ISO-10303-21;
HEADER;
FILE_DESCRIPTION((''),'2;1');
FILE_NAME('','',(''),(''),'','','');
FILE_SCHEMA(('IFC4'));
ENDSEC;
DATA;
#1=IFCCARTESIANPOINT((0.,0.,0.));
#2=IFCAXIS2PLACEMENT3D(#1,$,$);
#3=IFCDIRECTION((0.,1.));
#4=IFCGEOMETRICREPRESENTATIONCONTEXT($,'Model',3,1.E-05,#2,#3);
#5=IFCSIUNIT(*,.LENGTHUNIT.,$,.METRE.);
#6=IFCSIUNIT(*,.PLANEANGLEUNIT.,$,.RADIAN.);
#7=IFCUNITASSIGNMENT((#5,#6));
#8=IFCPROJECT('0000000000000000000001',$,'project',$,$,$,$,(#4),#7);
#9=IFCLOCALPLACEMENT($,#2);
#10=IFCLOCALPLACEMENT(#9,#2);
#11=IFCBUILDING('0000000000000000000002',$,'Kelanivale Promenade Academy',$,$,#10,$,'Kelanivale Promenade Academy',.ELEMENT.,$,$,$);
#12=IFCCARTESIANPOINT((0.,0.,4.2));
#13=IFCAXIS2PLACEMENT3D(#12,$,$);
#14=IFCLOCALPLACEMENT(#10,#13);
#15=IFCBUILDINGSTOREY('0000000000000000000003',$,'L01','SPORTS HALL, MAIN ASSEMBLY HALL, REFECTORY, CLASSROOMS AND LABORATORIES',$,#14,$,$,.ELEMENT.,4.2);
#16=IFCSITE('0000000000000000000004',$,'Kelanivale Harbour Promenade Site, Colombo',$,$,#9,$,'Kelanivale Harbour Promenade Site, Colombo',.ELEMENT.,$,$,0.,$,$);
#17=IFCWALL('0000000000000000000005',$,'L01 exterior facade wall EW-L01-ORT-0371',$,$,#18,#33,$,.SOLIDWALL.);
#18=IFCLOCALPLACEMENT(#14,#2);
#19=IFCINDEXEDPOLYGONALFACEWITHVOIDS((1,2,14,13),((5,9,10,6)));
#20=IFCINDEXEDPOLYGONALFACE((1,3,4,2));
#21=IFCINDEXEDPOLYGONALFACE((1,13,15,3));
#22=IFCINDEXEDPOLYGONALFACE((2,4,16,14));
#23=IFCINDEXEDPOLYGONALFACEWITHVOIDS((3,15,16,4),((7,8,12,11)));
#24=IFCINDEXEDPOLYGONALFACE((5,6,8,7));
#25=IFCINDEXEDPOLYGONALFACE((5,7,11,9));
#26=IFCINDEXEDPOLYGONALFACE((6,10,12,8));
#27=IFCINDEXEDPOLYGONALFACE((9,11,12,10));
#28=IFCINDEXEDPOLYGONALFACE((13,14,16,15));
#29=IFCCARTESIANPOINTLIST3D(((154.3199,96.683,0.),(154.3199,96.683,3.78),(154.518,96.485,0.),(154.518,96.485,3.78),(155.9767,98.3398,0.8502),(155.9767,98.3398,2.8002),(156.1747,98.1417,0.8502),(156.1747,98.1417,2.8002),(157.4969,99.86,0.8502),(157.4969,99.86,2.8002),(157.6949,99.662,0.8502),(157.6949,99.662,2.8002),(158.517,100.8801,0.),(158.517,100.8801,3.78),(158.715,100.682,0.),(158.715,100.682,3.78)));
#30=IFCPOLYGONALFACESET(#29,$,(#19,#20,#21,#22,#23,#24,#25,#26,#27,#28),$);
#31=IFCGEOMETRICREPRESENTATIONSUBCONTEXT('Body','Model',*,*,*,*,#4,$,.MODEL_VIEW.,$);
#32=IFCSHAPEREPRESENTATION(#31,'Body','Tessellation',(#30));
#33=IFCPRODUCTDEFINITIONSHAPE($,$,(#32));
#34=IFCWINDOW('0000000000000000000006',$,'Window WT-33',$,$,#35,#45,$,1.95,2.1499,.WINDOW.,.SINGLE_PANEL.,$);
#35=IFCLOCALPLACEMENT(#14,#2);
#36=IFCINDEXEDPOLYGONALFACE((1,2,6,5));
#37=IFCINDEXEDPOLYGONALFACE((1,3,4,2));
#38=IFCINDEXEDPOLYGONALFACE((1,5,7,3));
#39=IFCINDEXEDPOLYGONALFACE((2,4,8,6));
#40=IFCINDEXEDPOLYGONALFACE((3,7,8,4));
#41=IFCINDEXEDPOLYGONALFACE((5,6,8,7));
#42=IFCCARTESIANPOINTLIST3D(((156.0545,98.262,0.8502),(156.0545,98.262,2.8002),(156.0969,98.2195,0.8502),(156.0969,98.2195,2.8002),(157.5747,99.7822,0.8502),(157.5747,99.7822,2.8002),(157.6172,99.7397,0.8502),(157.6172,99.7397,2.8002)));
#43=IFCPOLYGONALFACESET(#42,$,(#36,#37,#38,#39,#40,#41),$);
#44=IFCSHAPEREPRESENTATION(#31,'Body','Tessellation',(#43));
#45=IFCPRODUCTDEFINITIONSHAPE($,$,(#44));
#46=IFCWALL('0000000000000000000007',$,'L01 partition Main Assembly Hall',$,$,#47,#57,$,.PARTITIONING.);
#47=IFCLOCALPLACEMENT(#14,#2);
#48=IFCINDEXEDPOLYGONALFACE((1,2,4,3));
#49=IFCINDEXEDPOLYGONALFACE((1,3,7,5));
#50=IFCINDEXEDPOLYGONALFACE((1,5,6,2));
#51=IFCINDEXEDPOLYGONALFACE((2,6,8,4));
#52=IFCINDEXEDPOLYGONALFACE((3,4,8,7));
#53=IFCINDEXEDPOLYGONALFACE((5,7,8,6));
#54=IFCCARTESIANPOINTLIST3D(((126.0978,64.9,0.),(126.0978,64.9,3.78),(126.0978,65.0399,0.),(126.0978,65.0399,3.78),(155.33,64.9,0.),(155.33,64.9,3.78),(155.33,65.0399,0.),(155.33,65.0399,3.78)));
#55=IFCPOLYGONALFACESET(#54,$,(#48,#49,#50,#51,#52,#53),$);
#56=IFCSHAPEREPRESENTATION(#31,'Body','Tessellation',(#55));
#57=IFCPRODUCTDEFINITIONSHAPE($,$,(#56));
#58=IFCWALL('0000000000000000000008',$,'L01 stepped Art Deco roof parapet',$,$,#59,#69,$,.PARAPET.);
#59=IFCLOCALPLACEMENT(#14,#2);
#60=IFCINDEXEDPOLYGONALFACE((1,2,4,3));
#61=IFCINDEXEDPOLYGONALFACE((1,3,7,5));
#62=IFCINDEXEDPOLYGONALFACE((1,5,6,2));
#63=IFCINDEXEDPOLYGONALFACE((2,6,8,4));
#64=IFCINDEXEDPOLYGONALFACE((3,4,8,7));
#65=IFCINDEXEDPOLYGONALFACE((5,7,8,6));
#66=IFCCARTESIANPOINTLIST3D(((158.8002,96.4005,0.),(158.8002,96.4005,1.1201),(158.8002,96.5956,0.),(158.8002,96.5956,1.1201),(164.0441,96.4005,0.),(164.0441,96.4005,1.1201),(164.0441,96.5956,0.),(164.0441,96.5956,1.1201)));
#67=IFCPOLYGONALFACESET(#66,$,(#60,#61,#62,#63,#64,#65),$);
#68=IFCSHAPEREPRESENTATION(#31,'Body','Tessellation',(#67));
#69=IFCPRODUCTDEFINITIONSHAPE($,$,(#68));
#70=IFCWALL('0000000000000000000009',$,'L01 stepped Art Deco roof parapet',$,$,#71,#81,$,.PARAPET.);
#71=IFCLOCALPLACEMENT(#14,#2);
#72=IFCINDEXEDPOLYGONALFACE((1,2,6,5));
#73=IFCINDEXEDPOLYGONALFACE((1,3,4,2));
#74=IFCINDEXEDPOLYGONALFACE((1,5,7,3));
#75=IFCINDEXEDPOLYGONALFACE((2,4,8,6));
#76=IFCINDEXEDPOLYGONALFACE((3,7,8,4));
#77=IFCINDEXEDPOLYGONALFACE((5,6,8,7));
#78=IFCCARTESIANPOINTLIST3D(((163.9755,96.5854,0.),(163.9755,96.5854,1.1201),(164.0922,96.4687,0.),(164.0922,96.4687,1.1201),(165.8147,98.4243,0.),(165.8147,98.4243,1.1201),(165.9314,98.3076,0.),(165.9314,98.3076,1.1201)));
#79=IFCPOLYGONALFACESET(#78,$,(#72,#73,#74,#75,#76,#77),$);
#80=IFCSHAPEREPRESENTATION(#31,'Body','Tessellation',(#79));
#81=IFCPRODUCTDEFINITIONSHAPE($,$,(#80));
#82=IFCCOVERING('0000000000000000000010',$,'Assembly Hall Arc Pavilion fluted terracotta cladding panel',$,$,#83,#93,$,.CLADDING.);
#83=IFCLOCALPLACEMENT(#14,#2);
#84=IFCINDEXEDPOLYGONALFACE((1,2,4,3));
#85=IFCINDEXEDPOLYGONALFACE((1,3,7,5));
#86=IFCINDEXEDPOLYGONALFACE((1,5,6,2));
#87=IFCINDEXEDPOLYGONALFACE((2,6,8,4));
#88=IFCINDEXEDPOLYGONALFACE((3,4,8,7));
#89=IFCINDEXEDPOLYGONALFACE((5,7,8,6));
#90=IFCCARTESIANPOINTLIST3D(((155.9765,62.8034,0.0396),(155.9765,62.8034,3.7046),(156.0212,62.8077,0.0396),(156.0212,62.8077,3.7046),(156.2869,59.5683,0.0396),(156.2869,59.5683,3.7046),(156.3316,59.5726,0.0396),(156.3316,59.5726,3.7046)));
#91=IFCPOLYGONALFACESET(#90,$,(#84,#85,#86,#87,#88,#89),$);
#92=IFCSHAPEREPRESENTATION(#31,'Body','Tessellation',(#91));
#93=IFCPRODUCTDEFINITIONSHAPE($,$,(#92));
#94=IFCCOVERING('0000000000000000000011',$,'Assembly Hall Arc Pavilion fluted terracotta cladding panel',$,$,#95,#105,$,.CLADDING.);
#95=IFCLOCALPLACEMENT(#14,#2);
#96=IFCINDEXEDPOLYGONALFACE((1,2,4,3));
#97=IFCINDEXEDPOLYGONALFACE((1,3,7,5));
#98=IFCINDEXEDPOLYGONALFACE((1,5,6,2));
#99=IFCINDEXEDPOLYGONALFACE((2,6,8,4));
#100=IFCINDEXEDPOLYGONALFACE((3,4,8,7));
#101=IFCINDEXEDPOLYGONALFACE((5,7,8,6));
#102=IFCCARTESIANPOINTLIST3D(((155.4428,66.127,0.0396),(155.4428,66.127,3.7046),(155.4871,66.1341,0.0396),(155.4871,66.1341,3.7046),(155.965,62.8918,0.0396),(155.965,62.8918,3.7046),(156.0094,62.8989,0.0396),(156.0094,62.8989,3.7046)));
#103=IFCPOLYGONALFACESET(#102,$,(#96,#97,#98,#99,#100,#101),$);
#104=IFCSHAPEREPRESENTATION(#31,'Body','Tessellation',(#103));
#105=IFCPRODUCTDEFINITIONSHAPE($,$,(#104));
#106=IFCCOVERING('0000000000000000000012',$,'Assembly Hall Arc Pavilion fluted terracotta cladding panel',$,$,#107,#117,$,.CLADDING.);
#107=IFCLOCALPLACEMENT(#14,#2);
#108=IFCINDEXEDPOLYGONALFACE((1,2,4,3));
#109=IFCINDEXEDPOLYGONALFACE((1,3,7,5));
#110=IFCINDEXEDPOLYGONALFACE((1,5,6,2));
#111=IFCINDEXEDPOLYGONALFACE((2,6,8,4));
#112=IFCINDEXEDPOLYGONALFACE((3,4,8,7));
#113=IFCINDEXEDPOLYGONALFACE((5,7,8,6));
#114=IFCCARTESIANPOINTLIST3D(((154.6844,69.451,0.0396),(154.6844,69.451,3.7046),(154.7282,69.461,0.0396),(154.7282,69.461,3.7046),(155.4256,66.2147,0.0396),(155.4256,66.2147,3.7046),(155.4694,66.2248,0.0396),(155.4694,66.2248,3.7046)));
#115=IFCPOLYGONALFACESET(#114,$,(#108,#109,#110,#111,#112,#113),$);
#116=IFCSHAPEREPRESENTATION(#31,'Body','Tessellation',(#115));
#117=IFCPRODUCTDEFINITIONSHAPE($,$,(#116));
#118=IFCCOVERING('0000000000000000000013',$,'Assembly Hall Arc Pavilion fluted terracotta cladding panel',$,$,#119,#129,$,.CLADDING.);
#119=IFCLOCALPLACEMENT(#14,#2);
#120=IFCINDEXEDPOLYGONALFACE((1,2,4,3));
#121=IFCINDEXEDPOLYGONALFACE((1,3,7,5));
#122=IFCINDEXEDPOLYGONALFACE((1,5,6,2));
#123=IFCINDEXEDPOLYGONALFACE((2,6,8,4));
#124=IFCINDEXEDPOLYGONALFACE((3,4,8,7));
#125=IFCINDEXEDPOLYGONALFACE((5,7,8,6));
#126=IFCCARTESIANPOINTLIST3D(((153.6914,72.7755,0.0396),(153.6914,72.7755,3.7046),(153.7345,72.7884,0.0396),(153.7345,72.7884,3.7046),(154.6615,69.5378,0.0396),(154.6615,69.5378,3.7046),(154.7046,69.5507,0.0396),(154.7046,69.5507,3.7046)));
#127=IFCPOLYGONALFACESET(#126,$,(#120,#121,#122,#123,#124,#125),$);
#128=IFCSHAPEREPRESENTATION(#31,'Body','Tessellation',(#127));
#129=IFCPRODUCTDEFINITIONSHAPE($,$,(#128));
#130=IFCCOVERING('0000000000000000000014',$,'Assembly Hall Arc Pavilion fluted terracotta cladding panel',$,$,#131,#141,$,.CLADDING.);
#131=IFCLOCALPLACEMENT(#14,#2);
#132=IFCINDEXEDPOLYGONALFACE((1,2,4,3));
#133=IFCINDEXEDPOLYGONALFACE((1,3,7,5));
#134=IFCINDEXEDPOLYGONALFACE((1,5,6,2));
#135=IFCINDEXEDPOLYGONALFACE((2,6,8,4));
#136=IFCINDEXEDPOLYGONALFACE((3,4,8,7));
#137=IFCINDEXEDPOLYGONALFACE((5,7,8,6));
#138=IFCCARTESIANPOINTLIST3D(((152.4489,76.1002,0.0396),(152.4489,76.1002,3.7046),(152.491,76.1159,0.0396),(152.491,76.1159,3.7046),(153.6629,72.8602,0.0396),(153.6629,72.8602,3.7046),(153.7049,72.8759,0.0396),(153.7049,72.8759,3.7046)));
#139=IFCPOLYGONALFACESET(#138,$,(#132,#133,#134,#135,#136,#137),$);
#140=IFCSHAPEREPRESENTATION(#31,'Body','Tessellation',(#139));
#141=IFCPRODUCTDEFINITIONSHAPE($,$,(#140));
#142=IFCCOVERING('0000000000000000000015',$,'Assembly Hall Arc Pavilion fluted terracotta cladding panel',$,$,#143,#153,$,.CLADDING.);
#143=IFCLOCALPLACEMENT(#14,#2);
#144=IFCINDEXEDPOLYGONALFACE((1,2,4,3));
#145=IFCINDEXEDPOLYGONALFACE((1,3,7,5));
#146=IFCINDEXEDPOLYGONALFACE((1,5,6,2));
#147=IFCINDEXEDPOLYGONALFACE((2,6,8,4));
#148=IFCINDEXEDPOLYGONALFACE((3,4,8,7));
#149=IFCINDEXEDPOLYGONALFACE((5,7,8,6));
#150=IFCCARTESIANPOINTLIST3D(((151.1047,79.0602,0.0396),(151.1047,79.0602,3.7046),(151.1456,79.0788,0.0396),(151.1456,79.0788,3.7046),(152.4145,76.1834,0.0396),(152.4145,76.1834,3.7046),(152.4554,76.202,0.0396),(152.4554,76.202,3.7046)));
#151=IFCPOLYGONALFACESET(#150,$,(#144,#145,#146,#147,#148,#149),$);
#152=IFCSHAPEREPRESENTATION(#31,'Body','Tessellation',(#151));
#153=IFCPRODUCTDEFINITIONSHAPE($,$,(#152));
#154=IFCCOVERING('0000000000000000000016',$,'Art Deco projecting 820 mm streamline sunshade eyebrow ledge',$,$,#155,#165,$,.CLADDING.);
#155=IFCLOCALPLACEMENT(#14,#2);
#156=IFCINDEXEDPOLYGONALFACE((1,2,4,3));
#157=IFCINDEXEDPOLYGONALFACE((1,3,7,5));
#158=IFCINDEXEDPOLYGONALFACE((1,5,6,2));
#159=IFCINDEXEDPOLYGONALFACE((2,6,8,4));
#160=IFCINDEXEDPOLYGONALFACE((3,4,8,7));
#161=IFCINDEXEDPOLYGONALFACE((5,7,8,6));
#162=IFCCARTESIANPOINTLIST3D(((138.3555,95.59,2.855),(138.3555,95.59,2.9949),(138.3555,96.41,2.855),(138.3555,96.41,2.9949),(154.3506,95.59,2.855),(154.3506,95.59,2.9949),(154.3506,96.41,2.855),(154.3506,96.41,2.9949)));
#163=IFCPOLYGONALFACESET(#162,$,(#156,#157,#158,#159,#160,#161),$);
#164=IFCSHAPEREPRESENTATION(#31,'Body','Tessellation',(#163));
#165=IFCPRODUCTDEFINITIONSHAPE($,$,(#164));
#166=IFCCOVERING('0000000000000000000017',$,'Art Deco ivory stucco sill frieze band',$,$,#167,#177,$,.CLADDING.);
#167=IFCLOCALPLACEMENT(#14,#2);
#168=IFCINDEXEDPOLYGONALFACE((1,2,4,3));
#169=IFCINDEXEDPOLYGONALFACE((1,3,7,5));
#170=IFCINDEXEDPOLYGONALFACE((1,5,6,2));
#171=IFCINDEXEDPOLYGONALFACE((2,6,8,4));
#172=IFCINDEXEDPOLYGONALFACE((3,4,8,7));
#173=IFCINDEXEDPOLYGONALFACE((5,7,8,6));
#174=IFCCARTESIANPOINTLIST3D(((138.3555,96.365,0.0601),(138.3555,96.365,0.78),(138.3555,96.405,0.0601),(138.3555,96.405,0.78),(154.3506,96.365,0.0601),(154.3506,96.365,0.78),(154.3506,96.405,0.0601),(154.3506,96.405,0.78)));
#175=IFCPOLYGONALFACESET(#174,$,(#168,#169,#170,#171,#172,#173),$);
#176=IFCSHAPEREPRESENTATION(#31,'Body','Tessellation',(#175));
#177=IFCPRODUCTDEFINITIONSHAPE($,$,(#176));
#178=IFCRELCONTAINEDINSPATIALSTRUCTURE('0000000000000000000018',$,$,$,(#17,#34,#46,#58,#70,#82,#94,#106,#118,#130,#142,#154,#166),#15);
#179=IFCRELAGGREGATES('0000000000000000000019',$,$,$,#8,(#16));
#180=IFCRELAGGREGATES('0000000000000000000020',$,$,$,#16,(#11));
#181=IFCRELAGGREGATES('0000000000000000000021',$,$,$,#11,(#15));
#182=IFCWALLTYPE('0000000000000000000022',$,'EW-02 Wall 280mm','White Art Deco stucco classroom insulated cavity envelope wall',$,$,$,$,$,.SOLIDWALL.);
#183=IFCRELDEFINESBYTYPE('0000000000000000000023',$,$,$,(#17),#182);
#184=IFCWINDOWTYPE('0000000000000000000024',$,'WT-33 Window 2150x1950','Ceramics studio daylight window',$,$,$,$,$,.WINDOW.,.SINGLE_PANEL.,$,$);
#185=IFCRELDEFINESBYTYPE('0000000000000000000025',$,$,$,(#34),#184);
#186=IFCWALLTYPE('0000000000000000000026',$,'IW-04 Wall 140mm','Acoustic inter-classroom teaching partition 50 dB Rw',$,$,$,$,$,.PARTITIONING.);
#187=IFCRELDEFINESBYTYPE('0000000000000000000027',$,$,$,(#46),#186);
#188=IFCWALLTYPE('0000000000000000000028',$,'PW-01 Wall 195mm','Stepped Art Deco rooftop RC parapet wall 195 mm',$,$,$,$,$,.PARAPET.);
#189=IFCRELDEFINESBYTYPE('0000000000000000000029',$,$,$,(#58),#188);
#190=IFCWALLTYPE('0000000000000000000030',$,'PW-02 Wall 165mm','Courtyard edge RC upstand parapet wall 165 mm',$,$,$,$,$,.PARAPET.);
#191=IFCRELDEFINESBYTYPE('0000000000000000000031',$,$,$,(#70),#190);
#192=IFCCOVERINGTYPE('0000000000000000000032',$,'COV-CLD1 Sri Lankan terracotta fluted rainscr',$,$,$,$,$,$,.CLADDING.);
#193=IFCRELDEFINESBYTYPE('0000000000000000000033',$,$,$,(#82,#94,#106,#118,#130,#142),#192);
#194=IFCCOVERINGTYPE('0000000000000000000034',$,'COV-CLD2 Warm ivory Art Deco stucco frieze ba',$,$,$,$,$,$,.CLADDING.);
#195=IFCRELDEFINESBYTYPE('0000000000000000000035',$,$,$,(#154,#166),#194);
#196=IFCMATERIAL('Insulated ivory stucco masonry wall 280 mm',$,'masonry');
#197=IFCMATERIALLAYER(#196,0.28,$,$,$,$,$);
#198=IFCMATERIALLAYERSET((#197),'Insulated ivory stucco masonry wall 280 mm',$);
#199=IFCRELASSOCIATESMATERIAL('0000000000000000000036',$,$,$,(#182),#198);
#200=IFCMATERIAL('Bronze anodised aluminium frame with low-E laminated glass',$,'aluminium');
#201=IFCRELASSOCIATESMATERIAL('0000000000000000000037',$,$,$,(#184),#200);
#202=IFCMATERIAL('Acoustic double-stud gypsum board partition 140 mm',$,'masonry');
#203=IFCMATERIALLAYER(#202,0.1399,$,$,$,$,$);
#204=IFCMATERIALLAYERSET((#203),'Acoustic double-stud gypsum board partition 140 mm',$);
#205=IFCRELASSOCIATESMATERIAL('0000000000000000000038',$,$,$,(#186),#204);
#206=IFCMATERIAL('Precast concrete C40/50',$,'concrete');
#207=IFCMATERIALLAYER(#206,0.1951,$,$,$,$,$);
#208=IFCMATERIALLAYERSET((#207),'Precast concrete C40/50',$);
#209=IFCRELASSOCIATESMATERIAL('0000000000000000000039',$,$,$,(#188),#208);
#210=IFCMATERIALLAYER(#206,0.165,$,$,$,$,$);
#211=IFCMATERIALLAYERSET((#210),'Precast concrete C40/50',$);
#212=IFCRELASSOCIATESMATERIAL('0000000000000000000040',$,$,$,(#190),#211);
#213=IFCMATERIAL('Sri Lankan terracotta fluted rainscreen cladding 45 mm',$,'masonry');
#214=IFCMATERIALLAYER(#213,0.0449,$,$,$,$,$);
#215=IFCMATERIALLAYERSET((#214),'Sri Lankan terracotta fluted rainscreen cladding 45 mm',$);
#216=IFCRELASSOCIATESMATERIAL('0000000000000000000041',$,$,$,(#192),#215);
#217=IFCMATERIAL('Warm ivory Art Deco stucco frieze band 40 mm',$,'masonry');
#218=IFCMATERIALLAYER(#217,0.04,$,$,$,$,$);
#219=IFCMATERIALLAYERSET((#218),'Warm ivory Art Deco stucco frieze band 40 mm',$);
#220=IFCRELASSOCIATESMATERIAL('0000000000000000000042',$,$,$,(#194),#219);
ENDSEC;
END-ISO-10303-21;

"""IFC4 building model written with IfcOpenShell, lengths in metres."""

from ifc_helpers import new_model, si_unit, direction, frame, frame_2d, origin, origin_2d, place, context, subcontext, project, spatial, rectangle, extrude, material, layer, layer_set, type_object, element, fill, save


model = new_model("IFC4")

# Units and contexts
model_context = context("Model", 3, precision=1e-05, world=origin(), true_north=direction((0.0, 1.0)))
body_context = subcontext(model_context, "Body", "Model", "MODEL_VIEW")
ifc_project = project(units=[si_unit("LENGTHUNIT", "METRE"), si_unit("PLANEANGLEUNIT", "RADIAN")], contexts=[model_context])

# Site, building, storey
site_placement = place(None, origin())
site = spatial("IfcSite", under=ifc_project, at=site_placement, Name="Kelanivale Harbour Promenade Site, Colombo", LongName="Kelanivale Harbour Promenade Site, Colombo", CompositionType="ELEMENT", RefElevation=0.0)
building_placement = place(site_placement, origin())
building = spatial("IfcBuilding", under=site, at=building_placement, Name="Kelanivale Promenade Academy", LongName="Kelanivale Promenade Academy", CompositionType="ELEMENT")
storey_placement = place(building_placement, frame((0.0, 0.0, 4.2)))
storey = spatial("IfcBuildingStorey", under=building, at=storey_placement, Name="L01", Description="SPORTS HALL, MAIN ASSEMBLY HALL, REFECTORY, CLASSROOMS AND LABORATORIES", CompositionType="ELEMENT", Elevation=4.2)

# Wall, opening, window
ifc_material_1 = material(Name="Insulated ivory stucco masonry wall 280 mm", Category="masonry")
ifc_layer_1 = layer(ifc_material_1, 0.28)
ifc_layer_set_1 = layer_set([ifc_layer_1], Name="Insulated ivory stucco masonry wall 280 mm")
wall_type_1 = type_object("IfcWallType", Name="EW-02 Wall 280mm", Description="White Art Deco stucco classroom insulated cavity envelope wall", PredefinedType="SOLIDWALL", material=ifc_layer_set_1)
wall_1_placement = place(storey_placement, frame((154.4189, 96.584, 0.0), z_axis=(0.0, 0.0, 1.0), x_axis=(0.707107, 0.707107, 0.0)))
wall_1 = element("IfcWall", 1, at=wall_1_placement, inside=storey, type_object=wall_type_1, Name="L01 exterior facade wall EW-L01-ORT-0371", PredefinedType="SOLIDWALL", context=body_context, shape_type="SweptSolid", body=[
    extrude(rectangle(XDim=5.9355, YDim=0.28, at=frame_2d((2.9678, 0.0))), origin(), (0.0, 0.0, 1.0), 3.78),
])
opening_placement = place(wall_1_placement, frame((2.343, 0.0, 0.8501)))
opening = element("IfcOpeningElement", 2, at=opening_placement, cuts=wall_1, PredefinedType="OPENING", context=body_context, shape_type="SweptSolid", body=[
    extrude(rectangle(XDim=2.1499, YDim=1.95, at=frame_2d((1.075, 0.9751))), frame((0.0, 0.1499, 0.0), z_axis=(0.0, -1.0, 0.0), x_axis=(1.0, 0.0, 0.0)), (0.0, 0.0, 1.0), 0.3),
])
ifc_material_2 = material(Name="Bronze anodised aluminium frame with low-E laminated glass", Category="aluminium")
window_type = type_object("IfcWindowType", Name="WT-33 Window 2150x1950", Description="Ceramics studio daylight window", PartitioningType="SINGLE_PANEL", PredefinedType="WINDOW", material=ifc_material_2)
window_placement = place(opening_placement, origin())
window = element("IfcWindow", 3, at=window_placement, inside=storey, type_object=window_type, Name="Window WT-33", OverallHeight=1.95, OverallWidth=2.1499, PartitioningType="SINGLE_PANEL", PredefinedType="WINDOW", context=body_context, shape_type="SweptSolid", body=[
    extrude(rectangle(XDim=2.1499, YDim=1.95, at=frame_2d((1.075, 0.9751))), frame((0.0, 0.03, 0.0), z_axis=(0.0, -1.0, 0.0), x_axis=(1.0, 0.0, 0.0)), (0.0, 0.0, 1.0), 0.0601),
])
fill(opening, window)

# Walls
ifc_material_3 = material(Name="Acoustic double-stud gypsum board partition 140 mm", Category="masonry")
ifc_layer_2 = layer(ifc_material_3, 0.1399)
ifc_layer_set_2 = layer_set([ifc_layer_2], Name="Acoustic double-stud gypsum board partition 140 mm")
wall_type_2 = type_object("IfcWallType", Name="IW-04 Wall 140mm", Description="Acoustic inter-classroom teaching partition 50 dB Rw", PredefinedType="PARTITIONING", material=ifc_layer_set_2)
wall_2_placement = place(storey_placement, frame((155.3301, 64.97, 0.0), z_axis=(0.0, 0.0, 1.0), x_axis=(-1.0, 0.0, 0.0)))
element("IfcWall", 4, at=wall_2_placement, inside=storey, type_object=wall_type_2, Name="L01 partition Main Assembly Hall", PredefinedType="PARTITIONING", context=body_context, shape_type="SweptSolid", body=[
    extrude(rectangle(XDim=29.2322, YDim=0.1399, at=frame_2d((14.6162, 0.0))), origin(), (0.0, 0.0, 1.0), 3.78),
])
ifc_material_4 = material(Name="Precast concrete C40/50", Category="concrete")
ifc_layer_3 = layer(ifc_material_4, 0.1951)
ifc_layer_set_3 = layer_set([ifc_layer_3], Name="Precast concrete C40/50")
wall_type_3 = type_object("IfcWallType", Name="PW-01 Wall 195mm", Description="Stepped Art Deco rooftop RC parapet wall 195 mm", PredefinedType="PARAPET", material=ifc_layer_set_3)
wall_3_placement = place(storey_placement, frame((158.8, 96.498, 0.0), z_axis=(0.0, 0.0, 1.0), x_axis=(1.0, 0.0, 0.0)))
element("IfcWall", 5, at=wall_3_placement, inside=storey, type_object=wall_type_3, Name="L01 stepped Art Deco roof parapet", PredefinedType="PARAPET", context=body_context, shape_type="SweptSolid", body=[
    extrude(rectangle(XDim=5.2439, YDim=0.1951, at=frame_2d((2.6221, 0.0))), origin(), (0.0, 0.0, 1.0), 1.1201),
])
ifc_layer_4 = layer(ifc_material_4, 0.165)
ifc_layer_set_4 = layer_set([ifc_layer_4], Name="Precast concrete C40/50")
wall_type_4 = type_object("IfcWallType", Name="PW-02 Wall 165mm", Description="Courtyard edge RC upstand parapet wall 165 mm", PredefinedType="PARAPET", material=ifc_layer_set_4)
wall_4_placement = place(storey_placement, frame((164.0339, 96.5271, 0.0), z_axis=(0.0, 0.0, 1.0), x_axis=(0.707154, 0.70706, 0.0)))
element("IfcWall", 6, at=wall_4_placement, inside=storey, type_object=wall_type_4, Name="L01 stepped Art Deco roof parapet", PredefinedType="PARAPET", context=body_context, shape_type="SweptSolid", body=[
    extrude(rectangle(XDim=2.6008, YDim=0.165, at=frame_2d((1.3003, 0.0))), origin(), (0.0, 0.0, 1.0), 1.1201),
])

# Coverings
ifc_material_5 = material(Name="Sri Lankan terracotta fluted rainscreen cladding 45 mm", Category="masonry")
ifc_layer_5 = layer(ifc_material_5, 0.0449)
ifc_layer_set_5 = layer_set([ifc_layer_5], Name="Sri Lankan terracotta fluted rainscreen cladding 45 mm")
covering_type_1 = type_object("IfcCoveringType", Name="COV-CLD1 Sri Lankan terracotta fluted rainscr", PredefinedType="CLADDING", material=ifc_layer_set_5)
covering_1_placement = place(storey_placement, frame((156.1541, 61.188, 0.0396), z_axis=(0.0, 0.0, 1.0), x_axis=(-0.095498, 0.99543, 0.0)))
element("IfcCovering", 7, at=covering_1_placement, inside=storey, type_object=covering_type_1, Name="Assembly Hall Arc Pavilion fluted terracotta cladding panel", PredefinedType="CLADDING", context=body_context, shape_type="SweptSolid", body=[
    extrude(rectangle(XDim=3.25, YDim=0.0449, at=origin_2d()), origin(), (0.0, 0.0, 1.0), 3.665),
])
covering_2_placement = place(storey_placement, frame((155.7261, 64.5129, 0.0396), z_axis=(0.0, 0.0, 1.0), x_axis=(-0.159364, 0.98722, 0.0)))
element("IfcCovering", 8, at=covering_2_placement, inside=storey, type_object=covering_type_1, Name="Assembly Hall Arc Pavilion fluted terracotta cladding panel", PredefinedType="CLADDING", context=body_context, shape_type="SweptSolid", body=[
    extrude(rectangle(XDim=3.2771, YDim=0.0449, at=origin_2d()), origin(), (0.0, 0.0, 1.0), 3.665),
])
covering_3_placement = place(storey_placement, frame((155.0769, 67.8379, 0.0396), z_axis=(0.0, 0.0, 1.0), x_axis=(-0.22325, 0.974761, 0.0)))
element("IfcCovering", 9, at=covering_3_placement, inside=storey, type_object=covering_type_1, Name="Assembly Hall Arc Pavilion fluted terracotta cladding panel", PredefinedType="CLADDING", context=body_context, shape_type="SweptSolid", body=[
    extrude(rectangle(XDim=3.3201, YDim=0.0449, at=origin_2d()), origin(), (0.0, 0.0, 1.0), 3.665),
])
covering_4_placement = place(storey_placement, frame((154.198, 71.1631, 0.0396), z_axis=(0.0, 0.0, 1.0), x_axis=(-0.287026, 0.957923, 0.0)))
element("IfcCovering", 10, at=covering_4_placement, inside=storey, type_object=covering_type_1, Name="Assembly Hall Arc Pavilion fluted terracotta cladding panel", PredefinedType="CLADDING", context=body_context, shape_type="SweptSolid", body=[
    extrude(rectangle(XDim=3.3799, YDim=0.0449, at=origin_2d()), origin(), (0.0, 0.0, 1.0), 3.665),
])
covering_5_placement = place(storey_placement, frame((153.0769, 74.488, 0.0396), z_axis=(0.0, 0.0, 1.0), x_axis=(-0.350861, 0.936427, 0.0)))
element("IfcCovering", 11, at=covering_5_placement, inside=storey, type_object=covering_type_1, Name="Assembly Hall Arc Pavilion fluted terracotta cladding panel", PredefinedType="CLADDING", context=body_context, shape_type="SweptSolid", body=[
    extrude(rectangle(XDim=3.46, YDim=0.0449, at=origin_2d()), origin(), (0.0, 0.0, 1.0), 3.665),
])
covering_6_placement = place(storey_placement, frame((151.78, 77.6311, 0.0396), z_axis=(0.0, 0.0, 1.0), x_axis=(-0.414376, 0.910106, 0.0)))
element("IfcCovering", 12, at=covering_6_placement, inside=storey, type_object=covering_type_1, Name="Assembly Hall Arc Pavilion fluted terracotta cladding panel", PredefinedType="CLADDING", context=body_context, shape_type="SweptSolid", body=[
    extrude(rectangle(XDim=3.1609, YDim=0.0449, at=origin_2d()), origin(), (0.0, 0.0, 1.0), 3.665),
])
ifc_material_6 = material(Name="Warm ivory Art Deco stucco frieze band 40 mm", Category="masonry")
ifc_layer_6 = layer(ifc_material_6, 0.04)
ifc_layer_set_6 = layer_set([ifc_layer_6], Name="Warm ivory Art Deco stucco frieze band 40 mm")
covering_type_2 = type_object("IfcCoveringType", Name="COV-CLD2 Warm ivory Art Deco stucco frieze ba", PredefinedType="CLADDING", material=ifc_layer_set_6)
covering_7_placement = place(storey_placement, frame((146.353, 96.0, 2.855), z_axis=(0.0, 0.0, 1.0), x_axis=(1.0, 0.0, 0.0)))
element("IfcCovering", 13, at=covering_7_placement, inside=storey, type_object=covering_type_2, Name="Art Deco projecting 820 mm streamline sunshade eyebrow ledge", PredefinedType="CLADDING", context=body_context, shape_type="SweptSolid", body=[
    extrude(rectangle(XDim=15.9951, YDim=0.8201, at=origin_2d()), origin(), (0.0, 0.0, 1.0), 0.1399),
])
covering_8_placement = place(storey_placement, frame((146.353, 96.385, 0.0601), z_axis=(0.0, 0.0, 1.0), x_axis=(1.0, 0.0, 0.0)))
element("IfcCovering", 14, at=covering_8_placement, inside=storey, type_object=covering_type_2, Name="Art Deco ivory stucco sill frieze band", PredefinedType="CLADDING", context=body_context, shape_type="SweptSolid", body=[
    extrude(rectangle(XDim=15.9951, YDim=0.04, at=origin_2d()), origin(), (0.0, 0.0, 1.0), 0.72),
])

save(model, "model.ifc")
